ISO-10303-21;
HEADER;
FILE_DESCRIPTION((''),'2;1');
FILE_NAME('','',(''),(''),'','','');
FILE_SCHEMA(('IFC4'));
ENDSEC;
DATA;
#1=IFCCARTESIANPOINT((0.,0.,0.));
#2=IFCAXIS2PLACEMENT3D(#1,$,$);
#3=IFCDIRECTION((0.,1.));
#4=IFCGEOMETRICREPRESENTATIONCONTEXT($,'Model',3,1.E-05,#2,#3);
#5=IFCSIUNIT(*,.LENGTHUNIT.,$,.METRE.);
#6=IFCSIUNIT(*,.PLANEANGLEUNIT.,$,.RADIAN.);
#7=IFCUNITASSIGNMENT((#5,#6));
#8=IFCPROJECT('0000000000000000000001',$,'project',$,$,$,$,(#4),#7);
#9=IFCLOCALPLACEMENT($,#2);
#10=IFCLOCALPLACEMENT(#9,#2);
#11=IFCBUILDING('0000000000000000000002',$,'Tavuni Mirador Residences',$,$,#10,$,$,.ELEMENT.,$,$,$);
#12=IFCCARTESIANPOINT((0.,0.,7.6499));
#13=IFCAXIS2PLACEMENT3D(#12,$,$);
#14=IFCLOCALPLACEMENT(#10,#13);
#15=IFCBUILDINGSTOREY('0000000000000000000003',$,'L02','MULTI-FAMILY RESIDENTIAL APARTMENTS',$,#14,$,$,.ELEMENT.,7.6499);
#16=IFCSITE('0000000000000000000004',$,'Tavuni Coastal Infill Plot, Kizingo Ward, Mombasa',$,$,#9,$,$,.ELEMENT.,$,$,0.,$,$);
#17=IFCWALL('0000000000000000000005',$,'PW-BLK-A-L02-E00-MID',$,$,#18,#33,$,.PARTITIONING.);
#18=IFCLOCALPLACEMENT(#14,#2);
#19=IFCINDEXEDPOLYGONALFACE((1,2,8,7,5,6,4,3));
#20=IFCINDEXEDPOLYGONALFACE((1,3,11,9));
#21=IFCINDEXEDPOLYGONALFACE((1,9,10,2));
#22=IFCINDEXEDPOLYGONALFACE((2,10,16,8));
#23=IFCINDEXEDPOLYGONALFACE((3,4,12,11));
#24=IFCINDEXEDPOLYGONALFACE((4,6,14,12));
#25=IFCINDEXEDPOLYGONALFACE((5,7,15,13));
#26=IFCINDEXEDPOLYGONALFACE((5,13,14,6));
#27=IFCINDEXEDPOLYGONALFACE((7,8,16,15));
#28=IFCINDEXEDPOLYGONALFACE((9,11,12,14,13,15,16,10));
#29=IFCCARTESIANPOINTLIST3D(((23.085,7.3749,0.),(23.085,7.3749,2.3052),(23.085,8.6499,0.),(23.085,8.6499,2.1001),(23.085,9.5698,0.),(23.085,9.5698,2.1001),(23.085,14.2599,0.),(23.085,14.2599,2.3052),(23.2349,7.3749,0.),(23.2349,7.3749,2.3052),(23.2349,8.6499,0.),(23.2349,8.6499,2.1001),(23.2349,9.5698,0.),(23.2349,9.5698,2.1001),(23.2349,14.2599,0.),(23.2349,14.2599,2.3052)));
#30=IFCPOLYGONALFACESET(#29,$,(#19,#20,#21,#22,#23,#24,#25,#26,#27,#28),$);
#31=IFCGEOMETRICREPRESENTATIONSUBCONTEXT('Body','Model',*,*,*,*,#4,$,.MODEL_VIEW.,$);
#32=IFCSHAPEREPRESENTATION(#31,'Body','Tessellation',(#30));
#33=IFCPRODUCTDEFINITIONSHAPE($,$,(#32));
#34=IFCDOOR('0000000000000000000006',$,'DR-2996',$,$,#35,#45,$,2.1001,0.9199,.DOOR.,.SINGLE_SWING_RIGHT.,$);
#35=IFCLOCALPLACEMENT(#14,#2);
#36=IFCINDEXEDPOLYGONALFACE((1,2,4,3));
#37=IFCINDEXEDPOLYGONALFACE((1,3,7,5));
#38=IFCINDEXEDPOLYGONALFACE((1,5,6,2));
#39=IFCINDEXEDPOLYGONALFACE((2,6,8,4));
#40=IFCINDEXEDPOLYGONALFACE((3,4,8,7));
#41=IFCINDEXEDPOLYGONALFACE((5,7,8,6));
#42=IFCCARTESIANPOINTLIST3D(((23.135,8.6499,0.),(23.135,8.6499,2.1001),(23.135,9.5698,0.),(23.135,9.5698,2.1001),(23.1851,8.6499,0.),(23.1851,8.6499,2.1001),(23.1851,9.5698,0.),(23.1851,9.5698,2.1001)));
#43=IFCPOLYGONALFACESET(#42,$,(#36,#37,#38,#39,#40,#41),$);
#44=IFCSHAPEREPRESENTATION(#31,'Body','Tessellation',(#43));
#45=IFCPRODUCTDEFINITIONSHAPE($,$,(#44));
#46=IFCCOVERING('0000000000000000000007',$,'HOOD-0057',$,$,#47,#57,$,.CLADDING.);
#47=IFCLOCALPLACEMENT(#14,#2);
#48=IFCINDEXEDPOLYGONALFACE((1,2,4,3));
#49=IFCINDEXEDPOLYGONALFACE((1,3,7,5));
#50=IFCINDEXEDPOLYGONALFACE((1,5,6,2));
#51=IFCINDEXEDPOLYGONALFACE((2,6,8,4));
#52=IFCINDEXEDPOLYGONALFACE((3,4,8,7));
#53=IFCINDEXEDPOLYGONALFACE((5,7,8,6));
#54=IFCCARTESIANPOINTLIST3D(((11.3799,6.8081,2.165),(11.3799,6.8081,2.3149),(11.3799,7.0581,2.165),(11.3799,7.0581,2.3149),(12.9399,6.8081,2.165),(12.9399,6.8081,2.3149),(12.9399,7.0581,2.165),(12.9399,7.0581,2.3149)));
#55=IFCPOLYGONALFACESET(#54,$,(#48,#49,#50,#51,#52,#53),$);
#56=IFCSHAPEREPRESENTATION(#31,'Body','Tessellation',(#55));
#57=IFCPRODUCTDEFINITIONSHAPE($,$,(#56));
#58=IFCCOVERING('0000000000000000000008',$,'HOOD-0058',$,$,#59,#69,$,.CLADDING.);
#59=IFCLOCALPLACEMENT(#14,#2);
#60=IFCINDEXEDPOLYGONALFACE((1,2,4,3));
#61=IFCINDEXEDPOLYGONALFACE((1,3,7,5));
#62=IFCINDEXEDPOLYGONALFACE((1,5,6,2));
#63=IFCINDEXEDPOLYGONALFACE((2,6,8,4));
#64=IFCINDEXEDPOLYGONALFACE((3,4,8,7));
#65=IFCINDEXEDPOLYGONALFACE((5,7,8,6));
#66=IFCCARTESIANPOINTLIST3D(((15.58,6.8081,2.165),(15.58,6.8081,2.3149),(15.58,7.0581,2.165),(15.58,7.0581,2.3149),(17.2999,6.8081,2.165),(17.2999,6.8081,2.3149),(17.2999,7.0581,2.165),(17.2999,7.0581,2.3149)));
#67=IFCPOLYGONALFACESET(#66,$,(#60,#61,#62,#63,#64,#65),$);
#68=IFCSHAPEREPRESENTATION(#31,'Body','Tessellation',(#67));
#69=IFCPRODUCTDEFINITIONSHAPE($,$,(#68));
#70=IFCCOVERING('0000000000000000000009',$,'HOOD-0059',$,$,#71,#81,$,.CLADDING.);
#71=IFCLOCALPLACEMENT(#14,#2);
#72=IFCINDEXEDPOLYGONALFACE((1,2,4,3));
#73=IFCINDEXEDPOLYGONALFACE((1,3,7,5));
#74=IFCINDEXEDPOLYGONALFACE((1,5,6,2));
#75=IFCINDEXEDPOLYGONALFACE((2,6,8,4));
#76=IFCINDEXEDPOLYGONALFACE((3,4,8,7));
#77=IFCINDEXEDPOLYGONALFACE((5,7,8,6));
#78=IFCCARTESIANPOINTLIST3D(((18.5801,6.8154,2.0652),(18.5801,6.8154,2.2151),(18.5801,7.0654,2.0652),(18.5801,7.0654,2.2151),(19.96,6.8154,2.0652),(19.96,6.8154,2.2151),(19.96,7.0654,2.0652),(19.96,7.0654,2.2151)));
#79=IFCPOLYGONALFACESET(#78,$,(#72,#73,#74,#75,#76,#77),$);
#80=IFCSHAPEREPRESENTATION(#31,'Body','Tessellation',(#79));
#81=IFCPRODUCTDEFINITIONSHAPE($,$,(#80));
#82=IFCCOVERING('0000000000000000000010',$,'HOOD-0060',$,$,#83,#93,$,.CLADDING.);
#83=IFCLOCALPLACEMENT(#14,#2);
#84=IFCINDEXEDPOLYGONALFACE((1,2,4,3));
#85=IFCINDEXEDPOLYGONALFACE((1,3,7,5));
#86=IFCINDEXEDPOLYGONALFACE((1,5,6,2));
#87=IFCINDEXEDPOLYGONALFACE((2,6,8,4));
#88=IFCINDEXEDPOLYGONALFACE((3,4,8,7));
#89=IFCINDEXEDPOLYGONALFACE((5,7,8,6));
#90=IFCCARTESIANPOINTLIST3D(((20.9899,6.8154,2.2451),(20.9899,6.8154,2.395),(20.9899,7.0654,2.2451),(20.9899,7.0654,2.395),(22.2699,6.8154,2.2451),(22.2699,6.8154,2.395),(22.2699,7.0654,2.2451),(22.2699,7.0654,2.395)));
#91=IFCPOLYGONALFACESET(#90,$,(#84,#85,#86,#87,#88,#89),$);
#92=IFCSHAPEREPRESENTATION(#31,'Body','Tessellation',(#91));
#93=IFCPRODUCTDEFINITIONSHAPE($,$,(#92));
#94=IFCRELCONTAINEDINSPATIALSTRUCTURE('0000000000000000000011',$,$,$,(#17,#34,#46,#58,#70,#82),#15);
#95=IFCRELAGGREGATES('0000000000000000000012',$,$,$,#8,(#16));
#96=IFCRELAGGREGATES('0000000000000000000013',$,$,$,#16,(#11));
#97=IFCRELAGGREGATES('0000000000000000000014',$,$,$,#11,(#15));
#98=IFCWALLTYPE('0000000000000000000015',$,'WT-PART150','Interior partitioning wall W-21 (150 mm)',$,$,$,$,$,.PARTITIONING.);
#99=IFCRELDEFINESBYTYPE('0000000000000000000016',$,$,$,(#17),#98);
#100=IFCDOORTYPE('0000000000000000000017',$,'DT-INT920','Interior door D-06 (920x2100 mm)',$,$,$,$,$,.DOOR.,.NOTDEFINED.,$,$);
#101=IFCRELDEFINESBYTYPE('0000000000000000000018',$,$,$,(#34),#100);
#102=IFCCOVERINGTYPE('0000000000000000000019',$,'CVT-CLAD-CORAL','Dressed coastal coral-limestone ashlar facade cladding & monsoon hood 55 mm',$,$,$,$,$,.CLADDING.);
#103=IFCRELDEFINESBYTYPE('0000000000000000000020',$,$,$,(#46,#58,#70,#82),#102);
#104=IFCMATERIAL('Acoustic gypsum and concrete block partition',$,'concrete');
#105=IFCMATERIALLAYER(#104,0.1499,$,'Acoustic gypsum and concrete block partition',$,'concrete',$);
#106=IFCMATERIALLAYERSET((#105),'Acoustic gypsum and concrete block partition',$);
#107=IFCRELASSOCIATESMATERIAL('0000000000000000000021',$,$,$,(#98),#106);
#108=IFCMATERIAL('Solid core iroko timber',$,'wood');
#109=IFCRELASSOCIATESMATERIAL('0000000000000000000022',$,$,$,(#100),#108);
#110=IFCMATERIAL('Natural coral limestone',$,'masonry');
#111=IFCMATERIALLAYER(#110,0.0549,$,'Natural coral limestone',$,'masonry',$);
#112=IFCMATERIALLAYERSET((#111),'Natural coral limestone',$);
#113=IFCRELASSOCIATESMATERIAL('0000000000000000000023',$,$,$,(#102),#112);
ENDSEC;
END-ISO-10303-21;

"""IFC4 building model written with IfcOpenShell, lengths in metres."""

from ifc_helpers import new_model, si_unit, direction, frame, frame_2d, origin, origin_2d, place, context, subcontext, project, spatial, rectangle, extrude, material, layer, layer_set, type_object, element, fill, save


model = new_model("IFC4")

# Units and contexts
model_context = context("Model", 3, precision=1e-05, world=origin(), true_north=direction((0.0, 1.0)))
body_context = subcontext(model_context, "Body", "Model", "MODEL_VIEW")
ifc_project = project(units=[si_unit("LENGTHUNIT", "METRE"), si_unit("PLANEANGLEUNIT", "RADIAN")], contexts=[model_context])

# Site, building, storey
site_placement = place(None, origin())
site = spatial("IfcSite", under=ifc_project, at=site_placement, Name="Tavuni Coastal Infill Plot, Kizingo Ward, Mombasa", CompositionType="ELEMENT", RefElevation=0.0)
building_placement = place(site_placement, origin())
building = spatial("IfcBuilding", under=site, at=building_placement, Name="Tavuni Mirador Residences", CompositionType="ELEMENT")
storey_placement = place(building_placement, frame((0.0, 0.0, 7.6499)))
storey = spatial("IfcBuildingStorey", under=building, at=storey_placement, Name="L02", Description="MULTI-FAMILY RESIDENTIAL APARTMENTS", CompositionType="ELEMENT", Elevation=7.6499)

# Shared definitions
ifc_material_1 = material(Name="Solid core iroko timber", Category="wood")

# Wall, opening, door
ifc_material_2 = material(Name="Acoustic gypsum and concrete block partition", Category="concrete")
ifc_layer_1 = layer(ifc_material_2, 0.1499, Name="Acoustic gypsum and concrete block partition", Category="concrete")
ifc_layer_set_1 = layer_set([ifc_layer_1], Name="Acoustic gypsum and concrete block partition")
wall_type_1 = type_object("IfcWallType", Name="WT-PART150", Description="Interior partitioning wall W-21 (150 mm)", PredefinedType="PARTITIONING", material=ifc_layer_set_1)
wall_1_placement = place(storey_placement, frame((23.1599, 7.375, 0.0), z_axis=(0.0, 0.0, 1.0), x_axis=(0.0, 1.0, 0.0)))
wall_1 = element("IfcWall", 1, at=wall_1_placement, inside=storey, type_object=wall_type_1, Name="PW-BLK-A-L02-E00-MID", PredefinedType="PARTITIONING", context=body_context, shape_type="SweptSolid", body=[
    extrude(rectangle(XDim=6.885, YDim=0.1499, at=frame_2d((3.4424, 0.0))), origin(), (0.0, 0.0, 1.0), 2.3052),
])
opening_1_placement = place(wall_1_placement, frame((1.2749, 0.0, 0.0)))
opening_1 = element("IfcOpeningElement", 2, at=opening_1_placement, cuts=wall_1, PredefinedType="OPENING", context=body_context, shape_type="SweptSolid", body=[
    extrude(rectangle(XDim=0.9199, YDim=2.1001, at=frame_2d((0.46, 1.05))), frame((0.0, 0.085, 0.0), z_axis=(0.0, -1.0, 0.0), x_axis=(1.0, 0.0, 0.0)), (0.0, 0.0, 1.0), 0.1699),
])
door_type_1 = type_object("IfcDoorType", Name="DT-INT920", Description="Interior door D-06 (920x2100 mm)", OperationType="NOTDEFINED", PredefinedType="DOOR", material=ifc_material_1)
door_1_placement = place(opening_1_placement, origin())
door_1 = element("IfcDoor", 3, at=door_1_placement, inside=storey, type_object=door_type_1, Name="DR-2996", OperationType="SINGLE_SWING_RIGHT", OverallHeight=2.1001, OverallWidth=0.9199, PredefinedType="DOOR", context=body_context, shape_type="SweptSolid", body=[
    extrude(rectangle(XDim=0.9199, YDim=2.1001, at=frame_2d((0.46, 1.05))), frame((0.0, 0.0249, 0.0), z_axis=(0.0, -1.0, 0.0), x_axis=(1.0, 0.0, 0.0)), (0.0, 0.0, 1.0), 0.05),
])
fill(opening_1, door_1)

# Coverings
ifc_material_3 = material(Name="Natural coral limestone", Category="masonry")
ifc_layer_2 = layer(ifc_material_3, 0.0549, Name="Natural coral limestone", Category="masonry")
ifc_layer_set_2 = layer_set([ifc_layer_2], Name="Natural coral limestone")
covering_type = type_object("IfcCoveringType", Name="CVT-CLAD-CORAL", Description="Dressed coastal coral-limestone ashlar facade cladding & monsoon hood 55 mm", PredefinedType="CLADDING", material=ifc_layer_set_2)
covering_1_placement = place(storey_placement, frame((12.1599, 6.9331, 2.165), z_axis=(0.0, 0.0, 1.0), x_axis=(1.0, 0.0, 0.0)))
element("IfcCovering", 4, at=covering_1_placement, inside=storey, type_object=covering_type, Name="HOOD-0057", PredefinedType="CLADDING", context=body_context, shape_type="SweptSolid", body=[
    extrude(rectangle(XDim=1.5601, YDim=0.25, at=origin_2d()), origin(), (0.0, 0.0, 1.0), 0.1499),
])
covering_2_placement = place(storey_placement, frame((16.4399, 6.9331, 2.165), z_axis=(0.0, 0.0, 1.0), x_axis=(1.0, 0.0, 0.0)))
element("IfcCovering", 5, at=covering_2_placement, inside=storey, type_object=covering_type, Name="HOOD-0058", PredefinedType="CLADDING", context=body_context, shape_type="SweptSolid", body=[
    extrude(rectangle(XDim=1.72, YDim=0.25, at=origin_2d()), origin(), (0.0, 0.0, 1.0), 0.1499),
])
covering_3_placement = place(storey_placement, frame((19.27, 6.9404, 2.0652), z_axis=(0.0, 0.0, 1.0), x_axis=(1.0, 0.0, 0.0)))
element("IfcCovering", 6, at=covering_3_placement, inside=storey, type_object=covering_type, Name="HOOD-0059", PredefinedType="CLADDING", context=body_context, shape_type="SweptSolid", body=[
    extrude(rectangle(XDim=1.3799, YDim=0.25, at=origin_2d()), origin(), (0.0, 0.0, 1.0), 0.1499),
])
covering_4_placement = place(storey_placement, frame((21.6299, 6.9404, 2.2451), z_axis=(0.0, 0.0, 1.0), x_axis=(1.0, 0.0, 0.0)))
element("IfcCovering", 7, at=covering_4_placement, inside=storey, type_object=covering_type, Name="HOOD-0060", PredefinedType="CLADDING", context=body_context, shape_type="SweptSolid", body=[
    extrude(rectangle(XDim=1.28, YDim=0.25, at=origin_2d()), origin(), (0.0, 0.0, 1.0), 0.1499),
])

save(model, "model.ifc")
